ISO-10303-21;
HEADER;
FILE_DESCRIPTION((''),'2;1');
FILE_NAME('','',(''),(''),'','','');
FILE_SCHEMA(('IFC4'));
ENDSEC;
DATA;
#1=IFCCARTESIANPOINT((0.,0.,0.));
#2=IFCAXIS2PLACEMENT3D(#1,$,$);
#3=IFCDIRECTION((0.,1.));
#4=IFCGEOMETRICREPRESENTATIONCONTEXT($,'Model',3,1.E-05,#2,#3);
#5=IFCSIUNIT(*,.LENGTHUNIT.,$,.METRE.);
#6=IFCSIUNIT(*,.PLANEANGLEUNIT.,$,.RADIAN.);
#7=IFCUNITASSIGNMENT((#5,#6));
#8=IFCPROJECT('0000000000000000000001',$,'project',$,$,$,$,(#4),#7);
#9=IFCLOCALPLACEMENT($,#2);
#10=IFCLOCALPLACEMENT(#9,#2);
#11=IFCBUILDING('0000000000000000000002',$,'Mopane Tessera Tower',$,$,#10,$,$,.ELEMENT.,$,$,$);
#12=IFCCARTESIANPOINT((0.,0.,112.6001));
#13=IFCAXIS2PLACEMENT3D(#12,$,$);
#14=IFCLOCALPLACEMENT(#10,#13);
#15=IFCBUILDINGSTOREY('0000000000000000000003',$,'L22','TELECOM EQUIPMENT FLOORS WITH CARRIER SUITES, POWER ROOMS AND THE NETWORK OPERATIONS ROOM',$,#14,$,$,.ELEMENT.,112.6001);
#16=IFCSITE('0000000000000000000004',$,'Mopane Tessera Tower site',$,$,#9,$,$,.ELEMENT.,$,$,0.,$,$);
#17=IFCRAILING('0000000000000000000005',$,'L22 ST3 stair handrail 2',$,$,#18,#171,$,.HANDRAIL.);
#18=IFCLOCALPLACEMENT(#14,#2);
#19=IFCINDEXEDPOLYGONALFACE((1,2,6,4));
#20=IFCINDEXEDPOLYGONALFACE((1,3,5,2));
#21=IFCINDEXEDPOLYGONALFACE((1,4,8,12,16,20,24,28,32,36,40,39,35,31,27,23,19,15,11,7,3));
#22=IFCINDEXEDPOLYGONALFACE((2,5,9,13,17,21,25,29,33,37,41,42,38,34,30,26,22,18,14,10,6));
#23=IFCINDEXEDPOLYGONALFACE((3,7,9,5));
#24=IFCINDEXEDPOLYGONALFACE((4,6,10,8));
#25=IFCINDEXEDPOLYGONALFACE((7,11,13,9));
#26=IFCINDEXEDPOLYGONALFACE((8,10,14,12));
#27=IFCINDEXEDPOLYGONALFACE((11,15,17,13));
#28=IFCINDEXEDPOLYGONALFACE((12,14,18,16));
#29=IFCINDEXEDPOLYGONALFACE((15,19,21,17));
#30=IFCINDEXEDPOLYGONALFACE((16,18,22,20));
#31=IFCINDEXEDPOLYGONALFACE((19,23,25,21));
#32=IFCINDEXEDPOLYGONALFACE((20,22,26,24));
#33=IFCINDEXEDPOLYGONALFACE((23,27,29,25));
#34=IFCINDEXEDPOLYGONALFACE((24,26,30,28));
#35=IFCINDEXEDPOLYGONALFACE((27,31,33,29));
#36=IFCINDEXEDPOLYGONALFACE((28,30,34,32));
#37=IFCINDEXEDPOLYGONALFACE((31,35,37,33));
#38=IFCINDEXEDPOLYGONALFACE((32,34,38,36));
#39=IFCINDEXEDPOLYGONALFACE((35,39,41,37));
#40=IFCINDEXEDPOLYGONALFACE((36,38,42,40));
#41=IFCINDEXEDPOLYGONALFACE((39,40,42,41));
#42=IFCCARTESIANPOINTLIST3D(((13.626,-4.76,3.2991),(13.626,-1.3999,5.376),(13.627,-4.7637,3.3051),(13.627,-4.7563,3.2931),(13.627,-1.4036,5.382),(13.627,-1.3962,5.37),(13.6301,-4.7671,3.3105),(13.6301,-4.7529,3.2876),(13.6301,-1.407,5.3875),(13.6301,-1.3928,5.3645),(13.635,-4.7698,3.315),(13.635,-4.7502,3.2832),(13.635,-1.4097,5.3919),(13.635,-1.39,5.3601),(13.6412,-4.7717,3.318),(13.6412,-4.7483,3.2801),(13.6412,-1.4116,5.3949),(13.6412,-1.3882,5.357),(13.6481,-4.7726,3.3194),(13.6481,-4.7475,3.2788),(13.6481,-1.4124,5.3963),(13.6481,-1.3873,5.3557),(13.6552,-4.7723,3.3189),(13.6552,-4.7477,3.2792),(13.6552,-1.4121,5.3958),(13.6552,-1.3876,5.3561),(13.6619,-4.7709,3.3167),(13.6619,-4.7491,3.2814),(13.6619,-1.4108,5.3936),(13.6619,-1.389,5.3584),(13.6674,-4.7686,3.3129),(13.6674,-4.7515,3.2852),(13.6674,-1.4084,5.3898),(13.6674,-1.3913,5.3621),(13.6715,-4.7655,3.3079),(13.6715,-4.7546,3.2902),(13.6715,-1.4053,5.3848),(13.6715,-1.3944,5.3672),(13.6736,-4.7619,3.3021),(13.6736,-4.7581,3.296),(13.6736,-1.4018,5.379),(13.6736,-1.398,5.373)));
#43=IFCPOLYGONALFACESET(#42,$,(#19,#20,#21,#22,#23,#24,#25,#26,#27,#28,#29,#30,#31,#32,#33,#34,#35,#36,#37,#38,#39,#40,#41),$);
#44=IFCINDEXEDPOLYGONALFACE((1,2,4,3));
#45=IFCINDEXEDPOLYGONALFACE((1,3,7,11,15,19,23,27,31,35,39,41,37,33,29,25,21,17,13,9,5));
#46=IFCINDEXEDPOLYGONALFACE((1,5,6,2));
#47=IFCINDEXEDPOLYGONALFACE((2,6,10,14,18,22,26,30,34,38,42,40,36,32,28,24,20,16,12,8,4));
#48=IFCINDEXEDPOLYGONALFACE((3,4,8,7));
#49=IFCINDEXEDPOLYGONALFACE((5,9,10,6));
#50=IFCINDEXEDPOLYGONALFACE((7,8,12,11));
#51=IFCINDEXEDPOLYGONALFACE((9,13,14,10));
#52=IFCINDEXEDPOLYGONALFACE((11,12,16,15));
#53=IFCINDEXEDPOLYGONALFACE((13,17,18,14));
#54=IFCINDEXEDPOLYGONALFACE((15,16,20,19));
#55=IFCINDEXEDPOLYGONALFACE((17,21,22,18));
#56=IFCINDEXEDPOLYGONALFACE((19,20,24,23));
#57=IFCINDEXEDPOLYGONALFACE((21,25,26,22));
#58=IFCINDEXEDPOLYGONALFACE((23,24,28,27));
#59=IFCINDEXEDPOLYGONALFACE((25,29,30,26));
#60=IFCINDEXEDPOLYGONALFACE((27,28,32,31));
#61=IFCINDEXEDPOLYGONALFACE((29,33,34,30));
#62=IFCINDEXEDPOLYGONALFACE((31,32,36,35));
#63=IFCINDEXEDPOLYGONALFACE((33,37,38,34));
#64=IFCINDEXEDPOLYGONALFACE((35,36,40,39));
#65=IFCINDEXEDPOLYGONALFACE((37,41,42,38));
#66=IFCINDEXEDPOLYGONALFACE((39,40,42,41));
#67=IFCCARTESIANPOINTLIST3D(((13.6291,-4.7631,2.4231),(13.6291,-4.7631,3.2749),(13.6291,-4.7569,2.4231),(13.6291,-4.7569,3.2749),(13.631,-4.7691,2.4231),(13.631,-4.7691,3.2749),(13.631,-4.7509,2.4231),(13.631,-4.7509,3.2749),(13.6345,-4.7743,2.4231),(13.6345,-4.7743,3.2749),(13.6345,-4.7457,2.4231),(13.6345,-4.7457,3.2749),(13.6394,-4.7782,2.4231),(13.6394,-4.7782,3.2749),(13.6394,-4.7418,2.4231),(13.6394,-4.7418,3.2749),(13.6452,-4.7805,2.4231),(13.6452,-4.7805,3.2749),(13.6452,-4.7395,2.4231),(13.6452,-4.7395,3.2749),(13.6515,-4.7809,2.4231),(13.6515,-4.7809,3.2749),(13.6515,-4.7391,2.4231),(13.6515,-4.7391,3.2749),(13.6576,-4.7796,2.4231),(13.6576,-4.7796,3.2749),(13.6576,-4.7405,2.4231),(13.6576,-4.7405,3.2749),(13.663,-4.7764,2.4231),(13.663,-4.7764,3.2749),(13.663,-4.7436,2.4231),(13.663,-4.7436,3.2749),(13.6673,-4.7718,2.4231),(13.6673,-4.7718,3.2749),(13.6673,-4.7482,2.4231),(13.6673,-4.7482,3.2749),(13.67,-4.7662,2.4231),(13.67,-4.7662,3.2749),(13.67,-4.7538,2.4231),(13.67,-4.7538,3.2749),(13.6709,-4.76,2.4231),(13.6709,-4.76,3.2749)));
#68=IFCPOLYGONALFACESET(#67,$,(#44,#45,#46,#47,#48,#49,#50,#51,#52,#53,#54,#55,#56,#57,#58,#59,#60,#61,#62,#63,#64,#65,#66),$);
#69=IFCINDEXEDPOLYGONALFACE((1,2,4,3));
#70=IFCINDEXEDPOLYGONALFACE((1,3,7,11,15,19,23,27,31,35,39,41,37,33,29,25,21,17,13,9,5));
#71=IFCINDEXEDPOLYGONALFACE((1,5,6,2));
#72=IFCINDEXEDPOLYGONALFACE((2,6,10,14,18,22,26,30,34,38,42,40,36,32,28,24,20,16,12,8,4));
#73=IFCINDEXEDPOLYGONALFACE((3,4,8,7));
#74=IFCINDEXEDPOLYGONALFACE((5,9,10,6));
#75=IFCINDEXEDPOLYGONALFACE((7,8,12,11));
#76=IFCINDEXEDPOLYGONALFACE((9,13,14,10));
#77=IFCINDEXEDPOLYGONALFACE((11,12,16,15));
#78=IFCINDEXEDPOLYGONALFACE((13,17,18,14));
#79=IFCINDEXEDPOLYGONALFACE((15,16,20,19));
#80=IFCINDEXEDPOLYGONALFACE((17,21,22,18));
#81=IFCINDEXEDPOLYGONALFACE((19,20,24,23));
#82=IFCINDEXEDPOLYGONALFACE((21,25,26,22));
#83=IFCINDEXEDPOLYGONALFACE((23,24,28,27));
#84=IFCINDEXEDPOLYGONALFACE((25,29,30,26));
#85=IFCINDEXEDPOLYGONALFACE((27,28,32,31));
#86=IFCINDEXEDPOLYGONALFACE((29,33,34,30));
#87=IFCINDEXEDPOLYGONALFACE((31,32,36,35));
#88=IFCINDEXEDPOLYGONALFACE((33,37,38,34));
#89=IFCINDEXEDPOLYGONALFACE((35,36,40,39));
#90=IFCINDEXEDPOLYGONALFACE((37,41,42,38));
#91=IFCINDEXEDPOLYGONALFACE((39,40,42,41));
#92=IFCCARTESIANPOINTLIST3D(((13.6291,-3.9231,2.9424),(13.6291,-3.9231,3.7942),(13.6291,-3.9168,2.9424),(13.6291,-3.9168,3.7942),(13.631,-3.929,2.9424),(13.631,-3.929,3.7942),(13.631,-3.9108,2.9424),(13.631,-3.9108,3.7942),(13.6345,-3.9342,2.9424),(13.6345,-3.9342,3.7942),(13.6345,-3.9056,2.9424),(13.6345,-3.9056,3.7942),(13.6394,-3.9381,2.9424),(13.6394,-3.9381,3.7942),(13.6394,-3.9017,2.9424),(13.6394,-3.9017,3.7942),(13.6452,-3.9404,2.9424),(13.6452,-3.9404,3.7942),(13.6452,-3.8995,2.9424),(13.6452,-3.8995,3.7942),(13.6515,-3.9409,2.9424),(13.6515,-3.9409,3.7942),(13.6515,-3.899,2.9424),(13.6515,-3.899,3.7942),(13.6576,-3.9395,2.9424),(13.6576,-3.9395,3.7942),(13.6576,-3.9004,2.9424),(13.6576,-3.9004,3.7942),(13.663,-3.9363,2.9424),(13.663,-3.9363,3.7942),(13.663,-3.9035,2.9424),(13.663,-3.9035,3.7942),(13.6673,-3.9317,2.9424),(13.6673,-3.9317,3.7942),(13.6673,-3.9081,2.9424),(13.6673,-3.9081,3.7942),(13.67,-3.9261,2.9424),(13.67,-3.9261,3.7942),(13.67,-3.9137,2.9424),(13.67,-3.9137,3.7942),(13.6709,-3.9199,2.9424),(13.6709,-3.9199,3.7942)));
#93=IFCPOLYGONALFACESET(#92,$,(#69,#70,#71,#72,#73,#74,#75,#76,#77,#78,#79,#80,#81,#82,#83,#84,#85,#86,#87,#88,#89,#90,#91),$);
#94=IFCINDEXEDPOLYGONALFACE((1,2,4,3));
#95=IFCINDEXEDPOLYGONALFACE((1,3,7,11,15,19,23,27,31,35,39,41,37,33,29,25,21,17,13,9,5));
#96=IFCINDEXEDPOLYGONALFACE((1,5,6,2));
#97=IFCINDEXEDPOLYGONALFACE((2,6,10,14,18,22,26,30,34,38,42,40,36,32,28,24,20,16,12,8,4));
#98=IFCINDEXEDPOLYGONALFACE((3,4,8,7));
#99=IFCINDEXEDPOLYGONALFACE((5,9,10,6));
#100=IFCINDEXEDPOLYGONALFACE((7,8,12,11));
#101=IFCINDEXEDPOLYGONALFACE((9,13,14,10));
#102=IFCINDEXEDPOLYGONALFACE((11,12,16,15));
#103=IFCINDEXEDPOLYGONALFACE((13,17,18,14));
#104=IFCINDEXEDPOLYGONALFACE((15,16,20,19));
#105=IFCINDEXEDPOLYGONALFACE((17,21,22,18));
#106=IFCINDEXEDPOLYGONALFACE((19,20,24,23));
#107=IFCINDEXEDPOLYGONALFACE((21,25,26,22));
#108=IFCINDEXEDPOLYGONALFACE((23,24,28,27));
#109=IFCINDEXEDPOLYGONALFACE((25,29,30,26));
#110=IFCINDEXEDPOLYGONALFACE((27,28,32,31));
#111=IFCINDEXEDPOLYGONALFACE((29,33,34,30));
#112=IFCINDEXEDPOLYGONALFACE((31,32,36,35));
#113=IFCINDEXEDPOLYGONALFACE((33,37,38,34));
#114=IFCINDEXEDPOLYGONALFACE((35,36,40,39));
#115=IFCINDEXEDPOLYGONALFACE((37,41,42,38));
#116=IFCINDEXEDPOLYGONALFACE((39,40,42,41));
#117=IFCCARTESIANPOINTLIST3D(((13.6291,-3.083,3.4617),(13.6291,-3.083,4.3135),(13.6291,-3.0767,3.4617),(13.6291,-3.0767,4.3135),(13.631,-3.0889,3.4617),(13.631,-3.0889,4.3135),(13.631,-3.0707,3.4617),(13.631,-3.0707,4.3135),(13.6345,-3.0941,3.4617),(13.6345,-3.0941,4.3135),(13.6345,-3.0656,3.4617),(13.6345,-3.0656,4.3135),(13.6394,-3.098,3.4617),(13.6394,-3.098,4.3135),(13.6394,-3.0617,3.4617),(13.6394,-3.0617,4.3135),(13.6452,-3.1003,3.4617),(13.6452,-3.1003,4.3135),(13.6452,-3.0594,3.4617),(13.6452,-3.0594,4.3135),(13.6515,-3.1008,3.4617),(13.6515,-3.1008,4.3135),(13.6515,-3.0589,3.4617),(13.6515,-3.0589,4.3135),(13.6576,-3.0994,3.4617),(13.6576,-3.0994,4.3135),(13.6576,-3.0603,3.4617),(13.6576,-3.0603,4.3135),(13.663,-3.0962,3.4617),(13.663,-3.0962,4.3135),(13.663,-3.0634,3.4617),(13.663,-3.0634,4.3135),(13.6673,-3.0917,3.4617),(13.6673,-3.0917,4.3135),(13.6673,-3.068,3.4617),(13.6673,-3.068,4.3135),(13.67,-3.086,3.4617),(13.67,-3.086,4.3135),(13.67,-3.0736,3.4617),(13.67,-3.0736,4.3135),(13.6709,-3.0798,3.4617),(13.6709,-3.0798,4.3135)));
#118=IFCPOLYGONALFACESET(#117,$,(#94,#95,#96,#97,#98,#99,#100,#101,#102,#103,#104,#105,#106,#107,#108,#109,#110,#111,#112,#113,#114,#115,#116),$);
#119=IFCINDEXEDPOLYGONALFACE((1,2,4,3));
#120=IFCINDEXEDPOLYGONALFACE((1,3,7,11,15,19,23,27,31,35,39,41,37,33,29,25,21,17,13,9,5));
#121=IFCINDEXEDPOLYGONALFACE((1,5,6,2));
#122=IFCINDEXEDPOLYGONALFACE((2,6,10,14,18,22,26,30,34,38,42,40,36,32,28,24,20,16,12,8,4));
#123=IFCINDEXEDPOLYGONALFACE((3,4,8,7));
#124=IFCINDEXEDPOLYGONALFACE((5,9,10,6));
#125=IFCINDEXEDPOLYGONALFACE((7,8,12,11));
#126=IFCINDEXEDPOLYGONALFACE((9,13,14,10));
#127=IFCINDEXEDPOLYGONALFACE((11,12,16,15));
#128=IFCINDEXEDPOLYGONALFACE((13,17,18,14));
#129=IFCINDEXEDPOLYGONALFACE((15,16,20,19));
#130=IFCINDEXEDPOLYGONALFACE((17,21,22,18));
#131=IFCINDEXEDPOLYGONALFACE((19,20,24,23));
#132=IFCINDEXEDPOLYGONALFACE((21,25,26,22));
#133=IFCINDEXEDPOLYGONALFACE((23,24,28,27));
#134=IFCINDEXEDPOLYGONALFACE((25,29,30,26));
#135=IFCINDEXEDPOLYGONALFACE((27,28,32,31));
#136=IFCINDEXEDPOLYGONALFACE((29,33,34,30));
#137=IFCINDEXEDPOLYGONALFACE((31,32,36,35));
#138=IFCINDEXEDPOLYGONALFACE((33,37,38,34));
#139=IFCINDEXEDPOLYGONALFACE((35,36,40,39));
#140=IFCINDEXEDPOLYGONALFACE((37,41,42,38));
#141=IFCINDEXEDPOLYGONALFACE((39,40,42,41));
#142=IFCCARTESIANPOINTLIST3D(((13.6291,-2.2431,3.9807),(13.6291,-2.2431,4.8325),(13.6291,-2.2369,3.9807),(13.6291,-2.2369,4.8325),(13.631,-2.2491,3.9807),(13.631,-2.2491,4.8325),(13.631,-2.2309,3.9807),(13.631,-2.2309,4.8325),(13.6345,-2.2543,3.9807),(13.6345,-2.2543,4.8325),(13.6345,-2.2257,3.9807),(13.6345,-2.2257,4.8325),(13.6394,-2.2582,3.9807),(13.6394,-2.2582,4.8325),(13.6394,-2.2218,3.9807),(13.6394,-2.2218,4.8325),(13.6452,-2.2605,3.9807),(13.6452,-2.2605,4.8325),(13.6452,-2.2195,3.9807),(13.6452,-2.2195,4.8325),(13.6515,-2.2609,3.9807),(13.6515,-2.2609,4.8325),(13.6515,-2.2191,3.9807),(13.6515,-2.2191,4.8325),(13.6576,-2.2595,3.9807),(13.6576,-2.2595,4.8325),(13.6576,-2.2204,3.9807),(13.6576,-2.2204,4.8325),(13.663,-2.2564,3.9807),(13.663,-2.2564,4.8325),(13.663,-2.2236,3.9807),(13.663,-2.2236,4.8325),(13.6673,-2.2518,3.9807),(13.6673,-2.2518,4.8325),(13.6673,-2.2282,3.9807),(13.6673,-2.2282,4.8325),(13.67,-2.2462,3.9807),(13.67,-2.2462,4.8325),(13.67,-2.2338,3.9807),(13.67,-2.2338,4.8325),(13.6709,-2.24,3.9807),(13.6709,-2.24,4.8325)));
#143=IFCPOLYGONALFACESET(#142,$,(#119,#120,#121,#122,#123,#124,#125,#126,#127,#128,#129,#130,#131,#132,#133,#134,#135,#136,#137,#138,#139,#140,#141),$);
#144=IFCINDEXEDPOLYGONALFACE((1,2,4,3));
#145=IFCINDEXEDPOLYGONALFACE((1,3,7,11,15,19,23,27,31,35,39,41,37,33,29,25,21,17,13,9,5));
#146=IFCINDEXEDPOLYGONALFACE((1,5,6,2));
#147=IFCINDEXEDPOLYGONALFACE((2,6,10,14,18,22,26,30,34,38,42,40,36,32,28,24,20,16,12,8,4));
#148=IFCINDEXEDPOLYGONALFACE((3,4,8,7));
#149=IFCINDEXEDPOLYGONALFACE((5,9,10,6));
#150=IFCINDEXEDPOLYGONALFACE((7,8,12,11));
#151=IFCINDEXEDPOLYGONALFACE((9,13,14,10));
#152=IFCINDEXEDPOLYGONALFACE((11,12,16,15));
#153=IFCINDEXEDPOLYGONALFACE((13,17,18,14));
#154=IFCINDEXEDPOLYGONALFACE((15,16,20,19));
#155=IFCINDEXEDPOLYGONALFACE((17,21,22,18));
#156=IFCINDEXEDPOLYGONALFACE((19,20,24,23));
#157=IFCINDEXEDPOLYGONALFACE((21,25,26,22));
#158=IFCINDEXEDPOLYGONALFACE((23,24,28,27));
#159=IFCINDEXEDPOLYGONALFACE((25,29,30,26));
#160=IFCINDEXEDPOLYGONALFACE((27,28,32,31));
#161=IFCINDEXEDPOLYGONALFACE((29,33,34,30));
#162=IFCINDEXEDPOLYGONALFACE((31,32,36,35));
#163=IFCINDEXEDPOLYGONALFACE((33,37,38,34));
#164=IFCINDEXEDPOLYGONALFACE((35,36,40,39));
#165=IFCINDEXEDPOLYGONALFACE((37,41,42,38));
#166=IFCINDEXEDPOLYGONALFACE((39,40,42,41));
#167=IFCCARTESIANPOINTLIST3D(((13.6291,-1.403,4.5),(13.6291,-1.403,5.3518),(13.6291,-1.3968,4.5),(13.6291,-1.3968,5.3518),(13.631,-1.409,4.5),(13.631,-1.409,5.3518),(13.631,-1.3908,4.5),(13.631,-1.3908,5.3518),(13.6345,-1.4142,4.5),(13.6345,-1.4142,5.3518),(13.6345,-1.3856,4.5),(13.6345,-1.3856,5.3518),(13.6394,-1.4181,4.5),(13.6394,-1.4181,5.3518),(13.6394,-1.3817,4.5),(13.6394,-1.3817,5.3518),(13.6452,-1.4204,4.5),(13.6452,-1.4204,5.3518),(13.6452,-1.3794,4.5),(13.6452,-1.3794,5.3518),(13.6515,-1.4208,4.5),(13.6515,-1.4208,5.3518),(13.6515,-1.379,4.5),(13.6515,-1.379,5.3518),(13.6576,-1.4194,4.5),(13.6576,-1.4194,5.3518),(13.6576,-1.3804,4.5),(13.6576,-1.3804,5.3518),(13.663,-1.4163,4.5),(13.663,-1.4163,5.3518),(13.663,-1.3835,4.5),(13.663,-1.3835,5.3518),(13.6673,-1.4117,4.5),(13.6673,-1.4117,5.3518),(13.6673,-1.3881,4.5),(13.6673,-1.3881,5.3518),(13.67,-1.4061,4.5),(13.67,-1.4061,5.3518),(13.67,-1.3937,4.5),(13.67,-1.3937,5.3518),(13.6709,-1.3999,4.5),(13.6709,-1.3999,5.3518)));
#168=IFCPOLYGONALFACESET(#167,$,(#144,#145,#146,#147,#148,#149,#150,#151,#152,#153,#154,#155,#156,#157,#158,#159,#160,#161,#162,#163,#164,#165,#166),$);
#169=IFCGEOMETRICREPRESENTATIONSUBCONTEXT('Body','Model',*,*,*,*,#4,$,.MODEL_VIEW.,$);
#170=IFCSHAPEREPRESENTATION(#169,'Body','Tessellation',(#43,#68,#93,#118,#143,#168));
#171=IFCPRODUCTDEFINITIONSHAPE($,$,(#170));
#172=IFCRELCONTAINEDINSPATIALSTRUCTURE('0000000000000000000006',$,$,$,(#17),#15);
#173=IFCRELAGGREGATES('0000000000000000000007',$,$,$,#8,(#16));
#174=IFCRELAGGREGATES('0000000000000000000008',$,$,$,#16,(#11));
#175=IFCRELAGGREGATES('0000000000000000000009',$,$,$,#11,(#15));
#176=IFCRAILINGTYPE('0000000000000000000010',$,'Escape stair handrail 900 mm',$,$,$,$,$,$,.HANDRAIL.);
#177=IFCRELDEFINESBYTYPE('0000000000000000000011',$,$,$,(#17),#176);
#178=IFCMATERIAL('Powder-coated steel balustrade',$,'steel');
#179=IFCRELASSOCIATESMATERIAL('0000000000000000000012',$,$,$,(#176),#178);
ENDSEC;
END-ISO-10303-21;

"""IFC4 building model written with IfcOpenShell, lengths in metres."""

from ifc_helpers import new_model, si_unit, direction, frame, origin, origin_2d, place, context, subcontext, project, spatial, circle, extrude, material, type_object, element, save


model = new_model("IFC4")

# Units and contexts
model_context = context("Model", 3, precision=1e-05, world=origin(), true_north=direction((0.0, 1.0)))
body_context = subcontext(model_context, "Body", "Model", "MODEL_VIEW")
ifc_project = project(units=[si_unit("LENGTHUNIT", "METRE"), si_unit("PLANEANGLEUNIT", "RADIAN")], contexts=[model_context])

# Site, building, storey
site_placement = place(None, origin())
site = spatial("IfcSite", under=ifc_project, at=site_placement, Name="Mopane Tessera Tower site", CompositionType="ELEMENT", RefElevation=0.0)
building_placement = place(site_placement, origin())
building = spatial("IfcBuilding", under=site, at=building_placement, Name="Mopane Tessera Tower", CompositionType="ELEMENT")
storey_placement = place(building_placement, frame((0.0, 0.0, 112.6001)))
storey = spatial("IfcBuildingStorey", under=building, at=storey_placement, Name="L22", Description="TELECOM EQUIPMENT FLOORS WITH CARRIER SUITES, POWER ROOMS AND THE NETWORK OPERATIONS ROOM", CompositionType="ELEMENT", Elevation=112.6001)

# Railing
ifc_material_1 = material(Name="Powder-coated steel balustrade", Category="steel")
railing_type_1 = type_object("IfcRailingType", Name="Escape stair handrail 900 mm", PredefinedType="HANDRAIL", material=ifc_material_1)
railing_1_placement = place(storey_placement, frame((13.6499, -4.76, 2.4231)))
element("IfcRailing", 1, at=railing_1_placement, inside=storey, type_object=railing_type_1, Name="L22 ST3 stair handrail 2", PredefinedType="HANDRAIL", context=body_context, shape_type="SweptSolid", body=[
    extrude(circle(Radius=0.0239, at=origin_2d()), frame((0.0, 0.0, 0.876), z_axis=(0.0, 0.850623, 0.525776), x_axis=(-1.0, 0.0, 0.0)), (0.0, 0.0, 1.0), 3.9502),
    extrude(circle(Radius=0.021, at=origin_2d()), origin(), (0.0, 0.0, 1.0), 0.8518),
    extrude(circle(Radius=0.021, at=origin_2d()), frame((0.0, 0.8401, 0.5193)), (0.0, 0.0, 1.0), 0.8518),
    extrude(circle(Radius=0.021, at=origin_2d()), frame((0.0, 1.6802, 1.0386)), (0.0, 0.0, 1.0), 0.8518),
    extrude(circle(Radius=0.021, at=origin_2d()), frame((0.0, 2.52, 1.5576)), (0.0, 0.0, 1.0), 0.8518),
    extrude(circle(Radius=0.021, at=origin_2d()), frame((0.0, 3.3601, 2.0769)), (0.0, 0.0, 1.0), 0.8518),
])

save(model, "model.ifc")
